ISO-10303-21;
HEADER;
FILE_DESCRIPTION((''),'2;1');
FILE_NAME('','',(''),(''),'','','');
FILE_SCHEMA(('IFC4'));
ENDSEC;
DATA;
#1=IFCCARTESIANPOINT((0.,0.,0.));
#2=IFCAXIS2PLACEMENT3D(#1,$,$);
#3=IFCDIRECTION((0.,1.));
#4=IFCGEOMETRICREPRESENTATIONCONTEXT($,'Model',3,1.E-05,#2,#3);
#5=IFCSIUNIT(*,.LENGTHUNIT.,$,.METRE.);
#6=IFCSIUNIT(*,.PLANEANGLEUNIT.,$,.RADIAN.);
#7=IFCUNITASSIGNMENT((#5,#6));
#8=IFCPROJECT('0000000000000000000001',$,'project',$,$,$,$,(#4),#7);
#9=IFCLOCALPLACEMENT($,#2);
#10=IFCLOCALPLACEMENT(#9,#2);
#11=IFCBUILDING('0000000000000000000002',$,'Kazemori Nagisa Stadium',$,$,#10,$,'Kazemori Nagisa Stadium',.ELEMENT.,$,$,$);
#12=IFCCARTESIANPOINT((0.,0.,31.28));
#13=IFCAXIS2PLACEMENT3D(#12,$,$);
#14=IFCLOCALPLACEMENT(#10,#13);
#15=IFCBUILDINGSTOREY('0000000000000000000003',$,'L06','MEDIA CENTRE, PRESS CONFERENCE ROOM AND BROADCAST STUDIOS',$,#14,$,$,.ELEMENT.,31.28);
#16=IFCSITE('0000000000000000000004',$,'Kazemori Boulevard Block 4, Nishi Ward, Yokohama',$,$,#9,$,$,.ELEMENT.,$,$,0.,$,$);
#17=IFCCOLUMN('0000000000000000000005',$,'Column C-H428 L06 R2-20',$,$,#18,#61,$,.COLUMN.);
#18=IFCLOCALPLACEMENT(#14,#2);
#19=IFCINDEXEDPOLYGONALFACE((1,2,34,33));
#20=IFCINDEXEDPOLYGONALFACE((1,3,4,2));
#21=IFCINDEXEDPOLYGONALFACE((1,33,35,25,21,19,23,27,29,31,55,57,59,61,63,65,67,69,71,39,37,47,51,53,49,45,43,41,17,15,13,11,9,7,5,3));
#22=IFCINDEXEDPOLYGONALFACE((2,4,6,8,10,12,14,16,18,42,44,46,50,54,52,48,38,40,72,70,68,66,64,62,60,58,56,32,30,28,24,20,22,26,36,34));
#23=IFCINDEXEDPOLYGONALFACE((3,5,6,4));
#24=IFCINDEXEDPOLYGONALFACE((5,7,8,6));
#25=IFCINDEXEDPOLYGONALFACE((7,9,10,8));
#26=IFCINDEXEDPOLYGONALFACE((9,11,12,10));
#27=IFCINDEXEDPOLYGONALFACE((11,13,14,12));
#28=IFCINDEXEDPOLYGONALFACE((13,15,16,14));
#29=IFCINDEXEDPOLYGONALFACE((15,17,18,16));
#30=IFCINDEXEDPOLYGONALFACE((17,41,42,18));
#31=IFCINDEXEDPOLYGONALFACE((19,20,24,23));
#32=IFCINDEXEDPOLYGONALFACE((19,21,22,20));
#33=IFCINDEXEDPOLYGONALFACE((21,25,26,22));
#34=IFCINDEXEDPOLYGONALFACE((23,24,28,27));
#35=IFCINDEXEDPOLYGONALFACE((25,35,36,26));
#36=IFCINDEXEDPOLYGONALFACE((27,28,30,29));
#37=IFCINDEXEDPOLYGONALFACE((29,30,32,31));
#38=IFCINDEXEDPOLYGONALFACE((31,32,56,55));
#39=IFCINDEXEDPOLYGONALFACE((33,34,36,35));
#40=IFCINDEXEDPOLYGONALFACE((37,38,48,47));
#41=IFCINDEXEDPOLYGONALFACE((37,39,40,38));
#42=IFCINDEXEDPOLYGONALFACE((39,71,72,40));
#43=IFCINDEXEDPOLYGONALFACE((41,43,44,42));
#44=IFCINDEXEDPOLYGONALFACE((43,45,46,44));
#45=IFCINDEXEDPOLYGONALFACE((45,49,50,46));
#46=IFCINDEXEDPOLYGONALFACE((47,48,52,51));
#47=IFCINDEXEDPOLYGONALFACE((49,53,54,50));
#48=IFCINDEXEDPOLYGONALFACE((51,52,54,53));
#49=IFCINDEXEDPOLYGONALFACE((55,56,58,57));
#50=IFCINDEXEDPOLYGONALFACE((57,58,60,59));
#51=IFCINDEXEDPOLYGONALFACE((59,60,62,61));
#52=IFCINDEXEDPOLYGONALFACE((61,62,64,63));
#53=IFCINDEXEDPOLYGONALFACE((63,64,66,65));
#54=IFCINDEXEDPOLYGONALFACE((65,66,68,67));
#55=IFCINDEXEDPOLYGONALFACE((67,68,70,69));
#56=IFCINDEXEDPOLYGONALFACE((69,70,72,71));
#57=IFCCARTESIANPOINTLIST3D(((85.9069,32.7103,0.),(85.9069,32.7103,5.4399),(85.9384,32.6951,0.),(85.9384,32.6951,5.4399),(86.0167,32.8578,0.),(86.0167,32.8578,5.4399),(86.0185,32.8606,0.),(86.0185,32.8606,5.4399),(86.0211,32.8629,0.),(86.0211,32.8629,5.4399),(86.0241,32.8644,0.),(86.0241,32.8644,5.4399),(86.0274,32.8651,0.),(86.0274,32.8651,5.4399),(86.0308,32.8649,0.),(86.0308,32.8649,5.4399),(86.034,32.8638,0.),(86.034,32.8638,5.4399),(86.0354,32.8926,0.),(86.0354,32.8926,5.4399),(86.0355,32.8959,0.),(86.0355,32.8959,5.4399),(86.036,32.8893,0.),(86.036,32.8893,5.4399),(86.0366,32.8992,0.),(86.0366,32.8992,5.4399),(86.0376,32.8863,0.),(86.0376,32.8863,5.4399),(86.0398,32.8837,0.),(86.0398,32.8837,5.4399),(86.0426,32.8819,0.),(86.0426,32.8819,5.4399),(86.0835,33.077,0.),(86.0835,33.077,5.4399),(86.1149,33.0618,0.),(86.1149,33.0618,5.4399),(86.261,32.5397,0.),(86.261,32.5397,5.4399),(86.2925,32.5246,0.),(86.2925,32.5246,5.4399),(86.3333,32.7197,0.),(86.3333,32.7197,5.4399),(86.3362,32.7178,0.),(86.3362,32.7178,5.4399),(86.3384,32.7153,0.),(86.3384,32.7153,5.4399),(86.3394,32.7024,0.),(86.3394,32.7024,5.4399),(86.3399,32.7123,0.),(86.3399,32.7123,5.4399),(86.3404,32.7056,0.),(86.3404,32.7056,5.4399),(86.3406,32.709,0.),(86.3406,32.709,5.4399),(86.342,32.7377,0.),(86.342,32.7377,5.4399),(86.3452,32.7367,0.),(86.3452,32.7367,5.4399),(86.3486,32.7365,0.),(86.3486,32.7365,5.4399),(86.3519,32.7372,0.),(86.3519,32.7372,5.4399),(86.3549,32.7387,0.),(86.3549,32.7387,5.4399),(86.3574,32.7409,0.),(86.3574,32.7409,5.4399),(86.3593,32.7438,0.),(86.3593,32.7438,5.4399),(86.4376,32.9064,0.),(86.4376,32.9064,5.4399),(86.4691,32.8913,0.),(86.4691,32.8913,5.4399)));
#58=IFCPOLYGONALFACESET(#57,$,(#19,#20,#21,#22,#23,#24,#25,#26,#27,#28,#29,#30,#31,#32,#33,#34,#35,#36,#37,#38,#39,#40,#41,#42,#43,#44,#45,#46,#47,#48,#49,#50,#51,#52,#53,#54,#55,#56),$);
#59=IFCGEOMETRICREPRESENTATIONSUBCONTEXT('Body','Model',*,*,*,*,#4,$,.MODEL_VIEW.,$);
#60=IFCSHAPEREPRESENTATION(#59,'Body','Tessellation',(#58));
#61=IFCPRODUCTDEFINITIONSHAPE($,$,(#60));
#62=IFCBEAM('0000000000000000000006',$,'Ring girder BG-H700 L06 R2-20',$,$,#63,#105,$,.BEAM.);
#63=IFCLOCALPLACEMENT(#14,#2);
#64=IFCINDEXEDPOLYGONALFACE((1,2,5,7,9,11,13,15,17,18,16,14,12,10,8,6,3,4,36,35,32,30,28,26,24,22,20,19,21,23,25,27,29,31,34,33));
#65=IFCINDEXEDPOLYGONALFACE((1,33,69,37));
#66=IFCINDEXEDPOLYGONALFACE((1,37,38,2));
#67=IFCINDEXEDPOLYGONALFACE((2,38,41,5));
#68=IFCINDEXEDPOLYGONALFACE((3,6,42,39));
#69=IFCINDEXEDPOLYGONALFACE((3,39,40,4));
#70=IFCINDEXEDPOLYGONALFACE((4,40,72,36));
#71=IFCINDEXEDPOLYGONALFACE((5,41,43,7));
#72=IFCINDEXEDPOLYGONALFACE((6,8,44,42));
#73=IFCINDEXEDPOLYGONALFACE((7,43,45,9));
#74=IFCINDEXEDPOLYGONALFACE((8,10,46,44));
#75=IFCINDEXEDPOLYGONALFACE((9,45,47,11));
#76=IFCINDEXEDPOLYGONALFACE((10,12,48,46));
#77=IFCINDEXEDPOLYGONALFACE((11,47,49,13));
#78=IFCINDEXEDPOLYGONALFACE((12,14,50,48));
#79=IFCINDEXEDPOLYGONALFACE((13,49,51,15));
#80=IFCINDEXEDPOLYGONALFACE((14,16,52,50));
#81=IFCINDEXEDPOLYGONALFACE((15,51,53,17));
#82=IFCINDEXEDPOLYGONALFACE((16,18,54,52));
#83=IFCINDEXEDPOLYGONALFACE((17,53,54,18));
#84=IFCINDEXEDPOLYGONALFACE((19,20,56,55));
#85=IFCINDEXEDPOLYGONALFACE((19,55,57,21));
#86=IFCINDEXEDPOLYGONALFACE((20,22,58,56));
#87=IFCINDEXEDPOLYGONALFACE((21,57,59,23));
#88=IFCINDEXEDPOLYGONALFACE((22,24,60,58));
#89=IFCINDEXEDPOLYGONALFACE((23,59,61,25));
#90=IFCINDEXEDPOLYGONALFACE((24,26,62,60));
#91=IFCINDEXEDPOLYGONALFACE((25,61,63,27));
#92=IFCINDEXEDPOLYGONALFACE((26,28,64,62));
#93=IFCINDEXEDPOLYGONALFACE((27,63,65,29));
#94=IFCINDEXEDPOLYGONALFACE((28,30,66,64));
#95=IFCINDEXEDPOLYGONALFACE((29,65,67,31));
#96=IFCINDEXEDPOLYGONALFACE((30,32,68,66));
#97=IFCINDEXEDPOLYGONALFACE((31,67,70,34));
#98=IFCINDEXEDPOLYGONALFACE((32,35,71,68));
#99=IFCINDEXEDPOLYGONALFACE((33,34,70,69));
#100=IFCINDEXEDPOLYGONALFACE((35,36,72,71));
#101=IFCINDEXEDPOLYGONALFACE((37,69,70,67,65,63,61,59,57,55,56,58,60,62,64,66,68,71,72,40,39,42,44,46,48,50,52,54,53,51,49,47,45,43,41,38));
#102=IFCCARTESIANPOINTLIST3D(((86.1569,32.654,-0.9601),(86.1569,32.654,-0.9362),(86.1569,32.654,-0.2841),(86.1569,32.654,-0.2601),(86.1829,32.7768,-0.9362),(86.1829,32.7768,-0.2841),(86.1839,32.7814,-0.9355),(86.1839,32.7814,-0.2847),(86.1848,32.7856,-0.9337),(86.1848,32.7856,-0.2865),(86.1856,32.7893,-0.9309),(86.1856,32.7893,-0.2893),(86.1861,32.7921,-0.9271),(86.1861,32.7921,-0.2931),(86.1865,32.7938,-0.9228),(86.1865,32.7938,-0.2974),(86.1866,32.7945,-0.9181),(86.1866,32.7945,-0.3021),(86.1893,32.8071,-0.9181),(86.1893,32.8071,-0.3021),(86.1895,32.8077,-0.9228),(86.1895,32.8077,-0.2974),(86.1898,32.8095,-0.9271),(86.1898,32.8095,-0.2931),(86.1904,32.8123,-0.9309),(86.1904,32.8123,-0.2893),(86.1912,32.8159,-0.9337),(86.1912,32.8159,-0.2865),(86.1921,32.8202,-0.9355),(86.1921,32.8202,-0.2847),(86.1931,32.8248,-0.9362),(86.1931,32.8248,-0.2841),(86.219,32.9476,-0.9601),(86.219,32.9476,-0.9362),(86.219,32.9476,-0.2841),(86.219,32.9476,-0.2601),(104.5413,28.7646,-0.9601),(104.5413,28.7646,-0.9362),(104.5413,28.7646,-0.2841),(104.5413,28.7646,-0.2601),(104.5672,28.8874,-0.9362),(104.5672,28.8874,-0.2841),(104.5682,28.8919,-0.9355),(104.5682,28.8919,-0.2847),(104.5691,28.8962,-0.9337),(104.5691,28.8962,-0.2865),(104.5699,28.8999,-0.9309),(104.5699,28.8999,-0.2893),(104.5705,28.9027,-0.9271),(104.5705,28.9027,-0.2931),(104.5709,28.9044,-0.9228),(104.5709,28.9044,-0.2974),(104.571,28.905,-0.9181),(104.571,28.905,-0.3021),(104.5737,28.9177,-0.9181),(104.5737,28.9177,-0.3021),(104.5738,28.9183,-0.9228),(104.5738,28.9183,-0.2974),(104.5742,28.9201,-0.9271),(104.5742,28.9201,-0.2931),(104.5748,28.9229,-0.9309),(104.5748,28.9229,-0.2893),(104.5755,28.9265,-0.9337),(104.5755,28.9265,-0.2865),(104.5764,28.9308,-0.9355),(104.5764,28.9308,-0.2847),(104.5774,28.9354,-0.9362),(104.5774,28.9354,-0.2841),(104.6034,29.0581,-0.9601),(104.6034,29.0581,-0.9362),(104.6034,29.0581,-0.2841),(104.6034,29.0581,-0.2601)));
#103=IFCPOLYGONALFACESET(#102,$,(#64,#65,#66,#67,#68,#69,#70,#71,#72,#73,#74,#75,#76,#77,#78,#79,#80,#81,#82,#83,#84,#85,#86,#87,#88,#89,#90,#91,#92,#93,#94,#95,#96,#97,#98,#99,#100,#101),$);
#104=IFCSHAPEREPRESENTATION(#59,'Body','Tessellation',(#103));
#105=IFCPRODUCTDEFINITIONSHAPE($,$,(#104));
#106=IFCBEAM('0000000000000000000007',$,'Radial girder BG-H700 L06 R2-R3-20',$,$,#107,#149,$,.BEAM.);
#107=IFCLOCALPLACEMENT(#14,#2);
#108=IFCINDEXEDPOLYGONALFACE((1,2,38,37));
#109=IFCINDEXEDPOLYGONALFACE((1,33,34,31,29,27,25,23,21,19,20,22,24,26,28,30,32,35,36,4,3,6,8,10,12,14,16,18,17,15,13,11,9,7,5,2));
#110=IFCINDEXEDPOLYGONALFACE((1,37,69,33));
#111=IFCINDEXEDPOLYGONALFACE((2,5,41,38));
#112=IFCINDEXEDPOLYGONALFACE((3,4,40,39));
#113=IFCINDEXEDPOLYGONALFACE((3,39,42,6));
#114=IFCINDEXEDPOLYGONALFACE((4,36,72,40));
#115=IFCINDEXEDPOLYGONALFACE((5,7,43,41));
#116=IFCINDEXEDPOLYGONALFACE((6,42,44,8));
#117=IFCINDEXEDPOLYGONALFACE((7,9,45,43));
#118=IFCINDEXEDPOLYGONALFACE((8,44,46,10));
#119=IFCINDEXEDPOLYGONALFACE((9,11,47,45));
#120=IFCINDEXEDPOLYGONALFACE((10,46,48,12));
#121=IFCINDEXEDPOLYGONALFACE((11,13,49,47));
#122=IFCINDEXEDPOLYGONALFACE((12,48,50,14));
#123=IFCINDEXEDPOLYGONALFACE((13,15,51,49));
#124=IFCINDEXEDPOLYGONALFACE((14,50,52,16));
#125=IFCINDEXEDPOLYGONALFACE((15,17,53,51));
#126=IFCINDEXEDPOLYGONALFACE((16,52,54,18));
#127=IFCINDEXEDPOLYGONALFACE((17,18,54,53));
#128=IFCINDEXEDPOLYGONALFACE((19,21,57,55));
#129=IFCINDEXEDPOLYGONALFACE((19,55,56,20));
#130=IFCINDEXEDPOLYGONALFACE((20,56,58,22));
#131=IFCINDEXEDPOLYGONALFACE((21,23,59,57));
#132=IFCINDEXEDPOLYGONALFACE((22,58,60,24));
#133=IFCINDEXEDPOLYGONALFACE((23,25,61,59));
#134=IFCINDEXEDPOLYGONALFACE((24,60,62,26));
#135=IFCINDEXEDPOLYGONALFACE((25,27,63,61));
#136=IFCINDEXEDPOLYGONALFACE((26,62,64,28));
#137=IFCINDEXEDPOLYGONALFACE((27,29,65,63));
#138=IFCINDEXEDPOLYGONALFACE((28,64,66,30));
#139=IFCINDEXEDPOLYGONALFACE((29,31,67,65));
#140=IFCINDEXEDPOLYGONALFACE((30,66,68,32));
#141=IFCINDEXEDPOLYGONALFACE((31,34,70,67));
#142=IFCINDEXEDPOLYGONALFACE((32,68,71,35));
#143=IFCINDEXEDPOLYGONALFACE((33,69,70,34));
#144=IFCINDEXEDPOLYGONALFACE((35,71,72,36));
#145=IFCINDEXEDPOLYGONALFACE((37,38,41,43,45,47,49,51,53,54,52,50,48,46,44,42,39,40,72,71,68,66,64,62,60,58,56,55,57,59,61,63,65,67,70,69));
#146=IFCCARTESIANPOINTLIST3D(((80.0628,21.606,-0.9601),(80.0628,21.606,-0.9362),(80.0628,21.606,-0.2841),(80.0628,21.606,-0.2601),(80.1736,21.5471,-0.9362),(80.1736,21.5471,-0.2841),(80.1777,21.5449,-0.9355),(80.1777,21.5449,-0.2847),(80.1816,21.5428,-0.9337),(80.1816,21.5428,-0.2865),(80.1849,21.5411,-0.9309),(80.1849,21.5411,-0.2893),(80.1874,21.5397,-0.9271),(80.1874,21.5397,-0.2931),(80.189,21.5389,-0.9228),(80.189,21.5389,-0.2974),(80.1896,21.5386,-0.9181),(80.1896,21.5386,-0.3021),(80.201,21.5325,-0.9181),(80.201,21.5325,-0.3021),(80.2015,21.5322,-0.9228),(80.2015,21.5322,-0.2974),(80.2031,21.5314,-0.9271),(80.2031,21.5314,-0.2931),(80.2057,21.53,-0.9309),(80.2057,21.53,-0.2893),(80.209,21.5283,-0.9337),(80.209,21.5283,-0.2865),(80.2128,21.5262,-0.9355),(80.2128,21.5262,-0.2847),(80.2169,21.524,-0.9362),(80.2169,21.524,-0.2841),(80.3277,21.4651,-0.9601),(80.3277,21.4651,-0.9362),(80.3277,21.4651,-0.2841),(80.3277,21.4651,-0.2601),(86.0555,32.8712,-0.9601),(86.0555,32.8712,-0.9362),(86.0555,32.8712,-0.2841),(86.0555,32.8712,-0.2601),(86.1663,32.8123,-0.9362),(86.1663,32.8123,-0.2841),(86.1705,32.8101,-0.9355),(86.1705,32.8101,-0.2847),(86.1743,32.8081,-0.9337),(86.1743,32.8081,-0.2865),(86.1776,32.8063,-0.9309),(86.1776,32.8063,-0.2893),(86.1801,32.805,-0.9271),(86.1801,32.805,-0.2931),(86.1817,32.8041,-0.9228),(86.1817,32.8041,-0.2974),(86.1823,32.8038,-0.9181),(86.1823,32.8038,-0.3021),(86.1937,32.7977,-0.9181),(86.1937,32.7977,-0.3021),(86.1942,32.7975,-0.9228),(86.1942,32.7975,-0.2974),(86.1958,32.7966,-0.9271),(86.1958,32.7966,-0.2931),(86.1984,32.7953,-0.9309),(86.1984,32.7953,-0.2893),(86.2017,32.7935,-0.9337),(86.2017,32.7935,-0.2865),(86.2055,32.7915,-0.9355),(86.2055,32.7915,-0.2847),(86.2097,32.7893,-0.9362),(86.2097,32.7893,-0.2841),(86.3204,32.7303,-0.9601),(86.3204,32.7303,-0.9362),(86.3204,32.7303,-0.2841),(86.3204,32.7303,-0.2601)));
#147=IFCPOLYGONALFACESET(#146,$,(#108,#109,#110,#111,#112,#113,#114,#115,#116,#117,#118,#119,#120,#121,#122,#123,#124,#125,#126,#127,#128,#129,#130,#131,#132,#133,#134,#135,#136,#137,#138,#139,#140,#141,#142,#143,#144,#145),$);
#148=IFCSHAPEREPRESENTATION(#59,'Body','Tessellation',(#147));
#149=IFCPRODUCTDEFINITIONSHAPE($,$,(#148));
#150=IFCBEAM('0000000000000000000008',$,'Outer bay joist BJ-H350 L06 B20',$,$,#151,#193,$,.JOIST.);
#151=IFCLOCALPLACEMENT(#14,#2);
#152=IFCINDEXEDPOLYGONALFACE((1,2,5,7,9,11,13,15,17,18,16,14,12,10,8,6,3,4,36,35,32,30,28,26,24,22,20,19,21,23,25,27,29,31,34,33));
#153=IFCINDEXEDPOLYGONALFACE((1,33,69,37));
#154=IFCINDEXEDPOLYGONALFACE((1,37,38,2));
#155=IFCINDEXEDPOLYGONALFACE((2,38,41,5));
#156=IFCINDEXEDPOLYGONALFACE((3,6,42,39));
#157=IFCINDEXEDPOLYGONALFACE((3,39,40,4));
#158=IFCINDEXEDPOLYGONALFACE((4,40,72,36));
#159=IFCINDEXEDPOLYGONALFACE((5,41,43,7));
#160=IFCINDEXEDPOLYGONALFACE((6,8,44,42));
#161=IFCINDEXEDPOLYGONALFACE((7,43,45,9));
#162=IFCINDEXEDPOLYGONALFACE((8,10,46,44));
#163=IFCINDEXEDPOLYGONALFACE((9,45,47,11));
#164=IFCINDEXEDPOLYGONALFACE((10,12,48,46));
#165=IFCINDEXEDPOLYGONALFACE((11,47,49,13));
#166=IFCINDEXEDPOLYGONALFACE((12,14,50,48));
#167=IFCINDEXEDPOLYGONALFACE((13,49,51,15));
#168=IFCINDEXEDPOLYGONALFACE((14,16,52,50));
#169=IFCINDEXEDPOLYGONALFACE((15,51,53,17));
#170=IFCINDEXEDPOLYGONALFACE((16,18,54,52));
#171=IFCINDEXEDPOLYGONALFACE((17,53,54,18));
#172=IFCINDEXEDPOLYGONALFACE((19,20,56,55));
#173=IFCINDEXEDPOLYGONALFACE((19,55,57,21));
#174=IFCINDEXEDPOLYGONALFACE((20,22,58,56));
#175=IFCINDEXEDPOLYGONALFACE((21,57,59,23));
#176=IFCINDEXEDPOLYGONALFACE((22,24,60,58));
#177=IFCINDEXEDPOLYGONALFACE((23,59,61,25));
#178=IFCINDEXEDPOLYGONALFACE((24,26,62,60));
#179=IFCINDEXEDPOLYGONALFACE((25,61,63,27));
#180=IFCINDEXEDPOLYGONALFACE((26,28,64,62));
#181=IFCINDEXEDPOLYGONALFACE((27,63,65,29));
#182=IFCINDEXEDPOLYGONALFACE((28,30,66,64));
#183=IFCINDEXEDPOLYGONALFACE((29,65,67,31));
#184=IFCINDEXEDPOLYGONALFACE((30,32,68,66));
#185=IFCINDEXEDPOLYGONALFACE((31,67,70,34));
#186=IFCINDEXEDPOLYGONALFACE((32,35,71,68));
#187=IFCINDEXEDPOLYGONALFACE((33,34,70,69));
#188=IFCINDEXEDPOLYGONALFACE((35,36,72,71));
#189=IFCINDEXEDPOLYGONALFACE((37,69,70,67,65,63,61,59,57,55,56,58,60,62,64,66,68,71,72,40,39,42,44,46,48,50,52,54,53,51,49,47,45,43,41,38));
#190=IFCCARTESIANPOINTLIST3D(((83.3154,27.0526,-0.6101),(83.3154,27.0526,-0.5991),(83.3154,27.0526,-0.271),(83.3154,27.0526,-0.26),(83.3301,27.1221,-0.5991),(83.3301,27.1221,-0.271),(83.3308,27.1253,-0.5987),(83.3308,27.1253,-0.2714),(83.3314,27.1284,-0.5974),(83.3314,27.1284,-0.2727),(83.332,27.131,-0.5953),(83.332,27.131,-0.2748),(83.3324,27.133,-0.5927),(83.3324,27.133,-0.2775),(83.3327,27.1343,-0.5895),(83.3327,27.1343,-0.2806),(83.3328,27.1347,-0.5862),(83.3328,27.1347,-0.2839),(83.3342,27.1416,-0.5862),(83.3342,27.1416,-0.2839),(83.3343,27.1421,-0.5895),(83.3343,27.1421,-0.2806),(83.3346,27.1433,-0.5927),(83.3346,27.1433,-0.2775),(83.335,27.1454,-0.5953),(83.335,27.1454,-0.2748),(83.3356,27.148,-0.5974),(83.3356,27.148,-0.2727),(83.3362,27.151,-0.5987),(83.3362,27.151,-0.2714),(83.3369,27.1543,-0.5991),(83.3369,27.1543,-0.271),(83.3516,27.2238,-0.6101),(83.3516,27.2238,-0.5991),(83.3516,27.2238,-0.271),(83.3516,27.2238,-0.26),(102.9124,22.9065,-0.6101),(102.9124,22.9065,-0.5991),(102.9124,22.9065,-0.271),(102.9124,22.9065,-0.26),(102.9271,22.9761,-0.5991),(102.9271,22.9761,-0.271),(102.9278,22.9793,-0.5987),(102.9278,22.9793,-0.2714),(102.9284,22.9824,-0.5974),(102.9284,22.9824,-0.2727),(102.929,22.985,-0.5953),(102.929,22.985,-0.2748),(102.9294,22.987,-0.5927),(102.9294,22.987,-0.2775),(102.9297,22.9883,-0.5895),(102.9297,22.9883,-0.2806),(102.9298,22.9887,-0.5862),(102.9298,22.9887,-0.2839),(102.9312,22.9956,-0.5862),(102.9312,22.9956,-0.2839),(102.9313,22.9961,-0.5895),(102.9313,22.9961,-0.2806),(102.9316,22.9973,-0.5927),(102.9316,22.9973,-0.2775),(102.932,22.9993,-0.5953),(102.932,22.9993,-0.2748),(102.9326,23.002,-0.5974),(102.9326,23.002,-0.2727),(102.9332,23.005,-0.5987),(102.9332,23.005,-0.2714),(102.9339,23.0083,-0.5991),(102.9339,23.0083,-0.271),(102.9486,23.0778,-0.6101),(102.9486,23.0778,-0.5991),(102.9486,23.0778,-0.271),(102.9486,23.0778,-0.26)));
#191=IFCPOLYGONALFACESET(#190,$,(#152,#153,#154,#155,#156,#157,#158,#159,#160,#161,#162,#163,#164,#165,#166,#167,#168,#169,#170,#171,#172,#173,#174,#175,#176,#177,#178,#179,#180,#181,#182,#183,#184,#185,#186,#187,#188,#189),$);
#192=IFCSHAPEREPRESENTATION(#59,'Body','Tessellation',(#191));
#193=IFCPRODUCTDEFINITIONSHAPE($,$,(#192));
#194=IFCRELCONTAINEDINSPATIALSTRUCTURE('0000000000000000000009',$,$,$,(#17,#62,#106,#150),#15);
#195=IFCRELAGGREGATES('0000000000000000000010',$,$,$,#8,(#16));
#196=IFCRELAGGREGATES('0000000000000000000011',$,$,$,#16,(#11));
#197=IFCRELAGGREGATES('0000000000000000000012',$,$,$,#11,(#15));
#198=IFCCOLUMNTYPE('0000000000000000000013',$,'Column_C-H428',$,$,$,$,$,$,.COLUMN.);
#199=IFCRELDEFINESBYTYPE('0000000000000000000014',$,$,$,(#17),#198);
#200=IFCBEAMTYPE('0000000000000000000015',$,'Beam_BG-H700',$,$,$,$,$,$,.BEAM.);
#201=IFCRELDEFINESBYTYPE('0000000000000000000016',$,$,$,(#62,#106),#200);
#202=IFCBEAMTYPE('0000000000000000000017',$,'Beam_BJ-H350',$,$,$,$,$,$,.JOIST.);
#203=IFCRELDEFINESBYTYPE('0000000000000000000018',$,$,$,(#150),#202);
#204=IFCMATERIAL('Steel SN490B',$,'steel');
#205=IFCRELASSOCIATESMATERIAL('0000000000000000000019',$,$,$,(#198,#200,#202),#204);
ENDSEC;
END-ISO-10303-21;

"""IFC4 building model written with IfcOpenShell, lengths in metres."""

from ifc_helpers import new_model, si_unit, direction, frame, origin, origin_2d, place, context, subcontext, project, spatial, i_section, extrude, material, material_profile, profile_set, type_object, element, save


model = new_model("IFC4")

# Units and contexts
model_context = context("Model", 3, precision=1e-05, world=origin(), true_north=direction((0.0, 1.0)))
body_context = subcontext(model_context, "Body", "Model", "MODEL_VIEW")
ifc_project = project(units=[si_unit("LENGTHUNIT", "METRE"), si_unit("PLANEANGLEUNIT", "RADIAN")], contexts=[model_context])

# Site, building, storey
site_placement = place(None, origin())
site = spatial("IfcSite", under=ifc_project, at=site_placement, Name="Kazemori Boulevard Block 4, Nishi Ward, Yokohama", CompositionType="ELEMENT", RefElevation=0.0)
building_placement = place(site_placement, origin())
building = spatial("IfcBuilding", under=site, at=building_placement, Name="Kazemori Nagisa Stadium", LongName="Kazemori Nagisa Stadium", CompositionType="ELEMENT")
storey_placement = place(building_placement, frame((0.0, 0.0, 31.28)))
storey = spatial("IfcBuildingStorey", under=building, at=storey_placement, Name="L06", Description="MEDIA CENTRE, PRESS CONFERENCE ROOM AND BROADCAST STUDIOS", CompositionType="ELEMENT", Elevation=31.28)

# Column
ifc_material_1 = material(Name="Steel SN490B", Category="steel")
ifc_material_profile_1 = material_profile(ifc_material_1, i_section(OverallWidth=0.407, OverallDepth=0.428, WebThickness=0.02, FlangeThickness=0.0349, FilletRadius=0.0129, at=origin_2d()), Name="H-428x407x20x35")
ifc_profile_set_1 = profile_set([ifc_material_profile_1], Name="Steel SN490B")
column_type = type_object("IfcColumnType", Name="Column_C-H428", PredefinedType="COLUMN", material=ifc_profile_set_1)
column_placement = place(storey_placement, frame((86.188, 32.8008, 0.0), z_axis=(0.0, 0.0, 1.0), x_axis=(-0.433884, -0.900969, 0.0)))
element("IfcColumn", 1, at=column_placement, inside=storey, type_object=column_type, Name="Column C-H428 L06 R2-20", PredefinedType="COLUMN", context=body_context, shape_type="SweptSolid", body=[
    extrude(i_section(OverallWidth=0.407, OverallDepth=0.428, WebThickness=0.02, FlangeThickness=0.0349, FilletRadius=0.0129, at=origin_2d()), origin(), (0.0, 0.0, 1.0), 5.4399),
])

# Beams
ifc_material_profile_2 = material_profile(ifc_material_1, i_section(OverallWidth=0.3, OverallDepth=0.7, WebThickness=0.0129, FlangeThickness=0.0239, FilletRadius=0.0181, at=origin_2d()), Name="H-700x300x13x24")
ifc_profile_set_2 = profile_set([ifc_material_profile_2], Name="Steel SN490B")
beam_type_1 = type_object("IfcBeamType", Name="Beam_BG-H700", PredefinedType="BEAM", material=ifc_profile_set_2)
beam_1_placement = place(storey_placement, frame((86.188, 32.8008, -0.6101), z_axis=(0.978345, -0.20698, 0.0), x_axis=(0.20698, 0.978345, 0.0)))
element("IfcBeam", 2, at=beam_1_placement, inside=storey, type_object=beam_type_1, Name="Ring girder BG-H700 L06 R2-20", PredefinedType="BEAM", context=body_context, shape_type="SweptSolid", body=[
    extrude(i_section(OverallWidth=0.3, OverallDepth=0.7, WebThickness=0.0129, FlangeThickness=0.0239, FilletRadius=0.0181, at=origin_2d()), origin(), (0.0, 0.0, 1.0), 18.7913),
])
beam_2_placement = place(storey_placement, frame((86.188, 32.8008, -0.6101), z_axis=(-0.469649, -0.882853, 0.0), x_axis=(0.882853, -0.469649, 0.0)))
element("IfcBeam", 3, at=beam_2_placement, inside=storey, type_object=beam_type_1, Name="Radial girder BG-H700 L06 R2-R3-20", PredefinedType="BEAM", context=body_context, shape_type="SweptSolid", body=[
    extrude(i_section(OverallWidth=0.3, OverallDepth=0.7, WebThickness=0.0129, FlangeThickness=0.0239, FilletRadius=0.0181, at=origin_2d()), origin(), (0.0, 0.0, 1.0), 12.76),
])
ifc_material_profile_3 = material_profile(ifc_material_1, i_section(OverallWidth=0.175, OverallDepth=0.3501, WebThickness=0.0071, FlangeThickness=0.011, FilletRadius=0.0129, at=origin_2d()), Name="H-350x175x7x11")
ifc_profile_set_3 = profile_set([ifc_material_profile_3], Name="Steel SN490B")
beam_type_2 = type_object("IfcBeamType", Name="Beam_BJ-H350", PredefinedType="JOIST", material=ifc_profile_set_3)
beam_3_placement = place(storey_placement, frame((83.3335, 27.1382, -0.4351), z_axis=(0.978345, -0.206982, 0.0), x_axis=(0.206982, 0.978345, 0.0)))
element("IfcBeam", 4, at=beam_3_placement, inside=storey, type_object=beam_type_2, Name="Outer bay joist BJ-H350 L06 B20", PredefinedType="JOIST", context=body_context, shape_type="SweptSolid", body=[
    extrude(i_section(OverallWidth=0.175, OverallDepth=0.3501, WebThickness=0.0071, FlangeThickness=0.011, FilletRadius=0.0129, at=origin_2d()), origin(), (0.0, 0.0, 1.0), 20.0308),
])

save(model, "model.ifc")
